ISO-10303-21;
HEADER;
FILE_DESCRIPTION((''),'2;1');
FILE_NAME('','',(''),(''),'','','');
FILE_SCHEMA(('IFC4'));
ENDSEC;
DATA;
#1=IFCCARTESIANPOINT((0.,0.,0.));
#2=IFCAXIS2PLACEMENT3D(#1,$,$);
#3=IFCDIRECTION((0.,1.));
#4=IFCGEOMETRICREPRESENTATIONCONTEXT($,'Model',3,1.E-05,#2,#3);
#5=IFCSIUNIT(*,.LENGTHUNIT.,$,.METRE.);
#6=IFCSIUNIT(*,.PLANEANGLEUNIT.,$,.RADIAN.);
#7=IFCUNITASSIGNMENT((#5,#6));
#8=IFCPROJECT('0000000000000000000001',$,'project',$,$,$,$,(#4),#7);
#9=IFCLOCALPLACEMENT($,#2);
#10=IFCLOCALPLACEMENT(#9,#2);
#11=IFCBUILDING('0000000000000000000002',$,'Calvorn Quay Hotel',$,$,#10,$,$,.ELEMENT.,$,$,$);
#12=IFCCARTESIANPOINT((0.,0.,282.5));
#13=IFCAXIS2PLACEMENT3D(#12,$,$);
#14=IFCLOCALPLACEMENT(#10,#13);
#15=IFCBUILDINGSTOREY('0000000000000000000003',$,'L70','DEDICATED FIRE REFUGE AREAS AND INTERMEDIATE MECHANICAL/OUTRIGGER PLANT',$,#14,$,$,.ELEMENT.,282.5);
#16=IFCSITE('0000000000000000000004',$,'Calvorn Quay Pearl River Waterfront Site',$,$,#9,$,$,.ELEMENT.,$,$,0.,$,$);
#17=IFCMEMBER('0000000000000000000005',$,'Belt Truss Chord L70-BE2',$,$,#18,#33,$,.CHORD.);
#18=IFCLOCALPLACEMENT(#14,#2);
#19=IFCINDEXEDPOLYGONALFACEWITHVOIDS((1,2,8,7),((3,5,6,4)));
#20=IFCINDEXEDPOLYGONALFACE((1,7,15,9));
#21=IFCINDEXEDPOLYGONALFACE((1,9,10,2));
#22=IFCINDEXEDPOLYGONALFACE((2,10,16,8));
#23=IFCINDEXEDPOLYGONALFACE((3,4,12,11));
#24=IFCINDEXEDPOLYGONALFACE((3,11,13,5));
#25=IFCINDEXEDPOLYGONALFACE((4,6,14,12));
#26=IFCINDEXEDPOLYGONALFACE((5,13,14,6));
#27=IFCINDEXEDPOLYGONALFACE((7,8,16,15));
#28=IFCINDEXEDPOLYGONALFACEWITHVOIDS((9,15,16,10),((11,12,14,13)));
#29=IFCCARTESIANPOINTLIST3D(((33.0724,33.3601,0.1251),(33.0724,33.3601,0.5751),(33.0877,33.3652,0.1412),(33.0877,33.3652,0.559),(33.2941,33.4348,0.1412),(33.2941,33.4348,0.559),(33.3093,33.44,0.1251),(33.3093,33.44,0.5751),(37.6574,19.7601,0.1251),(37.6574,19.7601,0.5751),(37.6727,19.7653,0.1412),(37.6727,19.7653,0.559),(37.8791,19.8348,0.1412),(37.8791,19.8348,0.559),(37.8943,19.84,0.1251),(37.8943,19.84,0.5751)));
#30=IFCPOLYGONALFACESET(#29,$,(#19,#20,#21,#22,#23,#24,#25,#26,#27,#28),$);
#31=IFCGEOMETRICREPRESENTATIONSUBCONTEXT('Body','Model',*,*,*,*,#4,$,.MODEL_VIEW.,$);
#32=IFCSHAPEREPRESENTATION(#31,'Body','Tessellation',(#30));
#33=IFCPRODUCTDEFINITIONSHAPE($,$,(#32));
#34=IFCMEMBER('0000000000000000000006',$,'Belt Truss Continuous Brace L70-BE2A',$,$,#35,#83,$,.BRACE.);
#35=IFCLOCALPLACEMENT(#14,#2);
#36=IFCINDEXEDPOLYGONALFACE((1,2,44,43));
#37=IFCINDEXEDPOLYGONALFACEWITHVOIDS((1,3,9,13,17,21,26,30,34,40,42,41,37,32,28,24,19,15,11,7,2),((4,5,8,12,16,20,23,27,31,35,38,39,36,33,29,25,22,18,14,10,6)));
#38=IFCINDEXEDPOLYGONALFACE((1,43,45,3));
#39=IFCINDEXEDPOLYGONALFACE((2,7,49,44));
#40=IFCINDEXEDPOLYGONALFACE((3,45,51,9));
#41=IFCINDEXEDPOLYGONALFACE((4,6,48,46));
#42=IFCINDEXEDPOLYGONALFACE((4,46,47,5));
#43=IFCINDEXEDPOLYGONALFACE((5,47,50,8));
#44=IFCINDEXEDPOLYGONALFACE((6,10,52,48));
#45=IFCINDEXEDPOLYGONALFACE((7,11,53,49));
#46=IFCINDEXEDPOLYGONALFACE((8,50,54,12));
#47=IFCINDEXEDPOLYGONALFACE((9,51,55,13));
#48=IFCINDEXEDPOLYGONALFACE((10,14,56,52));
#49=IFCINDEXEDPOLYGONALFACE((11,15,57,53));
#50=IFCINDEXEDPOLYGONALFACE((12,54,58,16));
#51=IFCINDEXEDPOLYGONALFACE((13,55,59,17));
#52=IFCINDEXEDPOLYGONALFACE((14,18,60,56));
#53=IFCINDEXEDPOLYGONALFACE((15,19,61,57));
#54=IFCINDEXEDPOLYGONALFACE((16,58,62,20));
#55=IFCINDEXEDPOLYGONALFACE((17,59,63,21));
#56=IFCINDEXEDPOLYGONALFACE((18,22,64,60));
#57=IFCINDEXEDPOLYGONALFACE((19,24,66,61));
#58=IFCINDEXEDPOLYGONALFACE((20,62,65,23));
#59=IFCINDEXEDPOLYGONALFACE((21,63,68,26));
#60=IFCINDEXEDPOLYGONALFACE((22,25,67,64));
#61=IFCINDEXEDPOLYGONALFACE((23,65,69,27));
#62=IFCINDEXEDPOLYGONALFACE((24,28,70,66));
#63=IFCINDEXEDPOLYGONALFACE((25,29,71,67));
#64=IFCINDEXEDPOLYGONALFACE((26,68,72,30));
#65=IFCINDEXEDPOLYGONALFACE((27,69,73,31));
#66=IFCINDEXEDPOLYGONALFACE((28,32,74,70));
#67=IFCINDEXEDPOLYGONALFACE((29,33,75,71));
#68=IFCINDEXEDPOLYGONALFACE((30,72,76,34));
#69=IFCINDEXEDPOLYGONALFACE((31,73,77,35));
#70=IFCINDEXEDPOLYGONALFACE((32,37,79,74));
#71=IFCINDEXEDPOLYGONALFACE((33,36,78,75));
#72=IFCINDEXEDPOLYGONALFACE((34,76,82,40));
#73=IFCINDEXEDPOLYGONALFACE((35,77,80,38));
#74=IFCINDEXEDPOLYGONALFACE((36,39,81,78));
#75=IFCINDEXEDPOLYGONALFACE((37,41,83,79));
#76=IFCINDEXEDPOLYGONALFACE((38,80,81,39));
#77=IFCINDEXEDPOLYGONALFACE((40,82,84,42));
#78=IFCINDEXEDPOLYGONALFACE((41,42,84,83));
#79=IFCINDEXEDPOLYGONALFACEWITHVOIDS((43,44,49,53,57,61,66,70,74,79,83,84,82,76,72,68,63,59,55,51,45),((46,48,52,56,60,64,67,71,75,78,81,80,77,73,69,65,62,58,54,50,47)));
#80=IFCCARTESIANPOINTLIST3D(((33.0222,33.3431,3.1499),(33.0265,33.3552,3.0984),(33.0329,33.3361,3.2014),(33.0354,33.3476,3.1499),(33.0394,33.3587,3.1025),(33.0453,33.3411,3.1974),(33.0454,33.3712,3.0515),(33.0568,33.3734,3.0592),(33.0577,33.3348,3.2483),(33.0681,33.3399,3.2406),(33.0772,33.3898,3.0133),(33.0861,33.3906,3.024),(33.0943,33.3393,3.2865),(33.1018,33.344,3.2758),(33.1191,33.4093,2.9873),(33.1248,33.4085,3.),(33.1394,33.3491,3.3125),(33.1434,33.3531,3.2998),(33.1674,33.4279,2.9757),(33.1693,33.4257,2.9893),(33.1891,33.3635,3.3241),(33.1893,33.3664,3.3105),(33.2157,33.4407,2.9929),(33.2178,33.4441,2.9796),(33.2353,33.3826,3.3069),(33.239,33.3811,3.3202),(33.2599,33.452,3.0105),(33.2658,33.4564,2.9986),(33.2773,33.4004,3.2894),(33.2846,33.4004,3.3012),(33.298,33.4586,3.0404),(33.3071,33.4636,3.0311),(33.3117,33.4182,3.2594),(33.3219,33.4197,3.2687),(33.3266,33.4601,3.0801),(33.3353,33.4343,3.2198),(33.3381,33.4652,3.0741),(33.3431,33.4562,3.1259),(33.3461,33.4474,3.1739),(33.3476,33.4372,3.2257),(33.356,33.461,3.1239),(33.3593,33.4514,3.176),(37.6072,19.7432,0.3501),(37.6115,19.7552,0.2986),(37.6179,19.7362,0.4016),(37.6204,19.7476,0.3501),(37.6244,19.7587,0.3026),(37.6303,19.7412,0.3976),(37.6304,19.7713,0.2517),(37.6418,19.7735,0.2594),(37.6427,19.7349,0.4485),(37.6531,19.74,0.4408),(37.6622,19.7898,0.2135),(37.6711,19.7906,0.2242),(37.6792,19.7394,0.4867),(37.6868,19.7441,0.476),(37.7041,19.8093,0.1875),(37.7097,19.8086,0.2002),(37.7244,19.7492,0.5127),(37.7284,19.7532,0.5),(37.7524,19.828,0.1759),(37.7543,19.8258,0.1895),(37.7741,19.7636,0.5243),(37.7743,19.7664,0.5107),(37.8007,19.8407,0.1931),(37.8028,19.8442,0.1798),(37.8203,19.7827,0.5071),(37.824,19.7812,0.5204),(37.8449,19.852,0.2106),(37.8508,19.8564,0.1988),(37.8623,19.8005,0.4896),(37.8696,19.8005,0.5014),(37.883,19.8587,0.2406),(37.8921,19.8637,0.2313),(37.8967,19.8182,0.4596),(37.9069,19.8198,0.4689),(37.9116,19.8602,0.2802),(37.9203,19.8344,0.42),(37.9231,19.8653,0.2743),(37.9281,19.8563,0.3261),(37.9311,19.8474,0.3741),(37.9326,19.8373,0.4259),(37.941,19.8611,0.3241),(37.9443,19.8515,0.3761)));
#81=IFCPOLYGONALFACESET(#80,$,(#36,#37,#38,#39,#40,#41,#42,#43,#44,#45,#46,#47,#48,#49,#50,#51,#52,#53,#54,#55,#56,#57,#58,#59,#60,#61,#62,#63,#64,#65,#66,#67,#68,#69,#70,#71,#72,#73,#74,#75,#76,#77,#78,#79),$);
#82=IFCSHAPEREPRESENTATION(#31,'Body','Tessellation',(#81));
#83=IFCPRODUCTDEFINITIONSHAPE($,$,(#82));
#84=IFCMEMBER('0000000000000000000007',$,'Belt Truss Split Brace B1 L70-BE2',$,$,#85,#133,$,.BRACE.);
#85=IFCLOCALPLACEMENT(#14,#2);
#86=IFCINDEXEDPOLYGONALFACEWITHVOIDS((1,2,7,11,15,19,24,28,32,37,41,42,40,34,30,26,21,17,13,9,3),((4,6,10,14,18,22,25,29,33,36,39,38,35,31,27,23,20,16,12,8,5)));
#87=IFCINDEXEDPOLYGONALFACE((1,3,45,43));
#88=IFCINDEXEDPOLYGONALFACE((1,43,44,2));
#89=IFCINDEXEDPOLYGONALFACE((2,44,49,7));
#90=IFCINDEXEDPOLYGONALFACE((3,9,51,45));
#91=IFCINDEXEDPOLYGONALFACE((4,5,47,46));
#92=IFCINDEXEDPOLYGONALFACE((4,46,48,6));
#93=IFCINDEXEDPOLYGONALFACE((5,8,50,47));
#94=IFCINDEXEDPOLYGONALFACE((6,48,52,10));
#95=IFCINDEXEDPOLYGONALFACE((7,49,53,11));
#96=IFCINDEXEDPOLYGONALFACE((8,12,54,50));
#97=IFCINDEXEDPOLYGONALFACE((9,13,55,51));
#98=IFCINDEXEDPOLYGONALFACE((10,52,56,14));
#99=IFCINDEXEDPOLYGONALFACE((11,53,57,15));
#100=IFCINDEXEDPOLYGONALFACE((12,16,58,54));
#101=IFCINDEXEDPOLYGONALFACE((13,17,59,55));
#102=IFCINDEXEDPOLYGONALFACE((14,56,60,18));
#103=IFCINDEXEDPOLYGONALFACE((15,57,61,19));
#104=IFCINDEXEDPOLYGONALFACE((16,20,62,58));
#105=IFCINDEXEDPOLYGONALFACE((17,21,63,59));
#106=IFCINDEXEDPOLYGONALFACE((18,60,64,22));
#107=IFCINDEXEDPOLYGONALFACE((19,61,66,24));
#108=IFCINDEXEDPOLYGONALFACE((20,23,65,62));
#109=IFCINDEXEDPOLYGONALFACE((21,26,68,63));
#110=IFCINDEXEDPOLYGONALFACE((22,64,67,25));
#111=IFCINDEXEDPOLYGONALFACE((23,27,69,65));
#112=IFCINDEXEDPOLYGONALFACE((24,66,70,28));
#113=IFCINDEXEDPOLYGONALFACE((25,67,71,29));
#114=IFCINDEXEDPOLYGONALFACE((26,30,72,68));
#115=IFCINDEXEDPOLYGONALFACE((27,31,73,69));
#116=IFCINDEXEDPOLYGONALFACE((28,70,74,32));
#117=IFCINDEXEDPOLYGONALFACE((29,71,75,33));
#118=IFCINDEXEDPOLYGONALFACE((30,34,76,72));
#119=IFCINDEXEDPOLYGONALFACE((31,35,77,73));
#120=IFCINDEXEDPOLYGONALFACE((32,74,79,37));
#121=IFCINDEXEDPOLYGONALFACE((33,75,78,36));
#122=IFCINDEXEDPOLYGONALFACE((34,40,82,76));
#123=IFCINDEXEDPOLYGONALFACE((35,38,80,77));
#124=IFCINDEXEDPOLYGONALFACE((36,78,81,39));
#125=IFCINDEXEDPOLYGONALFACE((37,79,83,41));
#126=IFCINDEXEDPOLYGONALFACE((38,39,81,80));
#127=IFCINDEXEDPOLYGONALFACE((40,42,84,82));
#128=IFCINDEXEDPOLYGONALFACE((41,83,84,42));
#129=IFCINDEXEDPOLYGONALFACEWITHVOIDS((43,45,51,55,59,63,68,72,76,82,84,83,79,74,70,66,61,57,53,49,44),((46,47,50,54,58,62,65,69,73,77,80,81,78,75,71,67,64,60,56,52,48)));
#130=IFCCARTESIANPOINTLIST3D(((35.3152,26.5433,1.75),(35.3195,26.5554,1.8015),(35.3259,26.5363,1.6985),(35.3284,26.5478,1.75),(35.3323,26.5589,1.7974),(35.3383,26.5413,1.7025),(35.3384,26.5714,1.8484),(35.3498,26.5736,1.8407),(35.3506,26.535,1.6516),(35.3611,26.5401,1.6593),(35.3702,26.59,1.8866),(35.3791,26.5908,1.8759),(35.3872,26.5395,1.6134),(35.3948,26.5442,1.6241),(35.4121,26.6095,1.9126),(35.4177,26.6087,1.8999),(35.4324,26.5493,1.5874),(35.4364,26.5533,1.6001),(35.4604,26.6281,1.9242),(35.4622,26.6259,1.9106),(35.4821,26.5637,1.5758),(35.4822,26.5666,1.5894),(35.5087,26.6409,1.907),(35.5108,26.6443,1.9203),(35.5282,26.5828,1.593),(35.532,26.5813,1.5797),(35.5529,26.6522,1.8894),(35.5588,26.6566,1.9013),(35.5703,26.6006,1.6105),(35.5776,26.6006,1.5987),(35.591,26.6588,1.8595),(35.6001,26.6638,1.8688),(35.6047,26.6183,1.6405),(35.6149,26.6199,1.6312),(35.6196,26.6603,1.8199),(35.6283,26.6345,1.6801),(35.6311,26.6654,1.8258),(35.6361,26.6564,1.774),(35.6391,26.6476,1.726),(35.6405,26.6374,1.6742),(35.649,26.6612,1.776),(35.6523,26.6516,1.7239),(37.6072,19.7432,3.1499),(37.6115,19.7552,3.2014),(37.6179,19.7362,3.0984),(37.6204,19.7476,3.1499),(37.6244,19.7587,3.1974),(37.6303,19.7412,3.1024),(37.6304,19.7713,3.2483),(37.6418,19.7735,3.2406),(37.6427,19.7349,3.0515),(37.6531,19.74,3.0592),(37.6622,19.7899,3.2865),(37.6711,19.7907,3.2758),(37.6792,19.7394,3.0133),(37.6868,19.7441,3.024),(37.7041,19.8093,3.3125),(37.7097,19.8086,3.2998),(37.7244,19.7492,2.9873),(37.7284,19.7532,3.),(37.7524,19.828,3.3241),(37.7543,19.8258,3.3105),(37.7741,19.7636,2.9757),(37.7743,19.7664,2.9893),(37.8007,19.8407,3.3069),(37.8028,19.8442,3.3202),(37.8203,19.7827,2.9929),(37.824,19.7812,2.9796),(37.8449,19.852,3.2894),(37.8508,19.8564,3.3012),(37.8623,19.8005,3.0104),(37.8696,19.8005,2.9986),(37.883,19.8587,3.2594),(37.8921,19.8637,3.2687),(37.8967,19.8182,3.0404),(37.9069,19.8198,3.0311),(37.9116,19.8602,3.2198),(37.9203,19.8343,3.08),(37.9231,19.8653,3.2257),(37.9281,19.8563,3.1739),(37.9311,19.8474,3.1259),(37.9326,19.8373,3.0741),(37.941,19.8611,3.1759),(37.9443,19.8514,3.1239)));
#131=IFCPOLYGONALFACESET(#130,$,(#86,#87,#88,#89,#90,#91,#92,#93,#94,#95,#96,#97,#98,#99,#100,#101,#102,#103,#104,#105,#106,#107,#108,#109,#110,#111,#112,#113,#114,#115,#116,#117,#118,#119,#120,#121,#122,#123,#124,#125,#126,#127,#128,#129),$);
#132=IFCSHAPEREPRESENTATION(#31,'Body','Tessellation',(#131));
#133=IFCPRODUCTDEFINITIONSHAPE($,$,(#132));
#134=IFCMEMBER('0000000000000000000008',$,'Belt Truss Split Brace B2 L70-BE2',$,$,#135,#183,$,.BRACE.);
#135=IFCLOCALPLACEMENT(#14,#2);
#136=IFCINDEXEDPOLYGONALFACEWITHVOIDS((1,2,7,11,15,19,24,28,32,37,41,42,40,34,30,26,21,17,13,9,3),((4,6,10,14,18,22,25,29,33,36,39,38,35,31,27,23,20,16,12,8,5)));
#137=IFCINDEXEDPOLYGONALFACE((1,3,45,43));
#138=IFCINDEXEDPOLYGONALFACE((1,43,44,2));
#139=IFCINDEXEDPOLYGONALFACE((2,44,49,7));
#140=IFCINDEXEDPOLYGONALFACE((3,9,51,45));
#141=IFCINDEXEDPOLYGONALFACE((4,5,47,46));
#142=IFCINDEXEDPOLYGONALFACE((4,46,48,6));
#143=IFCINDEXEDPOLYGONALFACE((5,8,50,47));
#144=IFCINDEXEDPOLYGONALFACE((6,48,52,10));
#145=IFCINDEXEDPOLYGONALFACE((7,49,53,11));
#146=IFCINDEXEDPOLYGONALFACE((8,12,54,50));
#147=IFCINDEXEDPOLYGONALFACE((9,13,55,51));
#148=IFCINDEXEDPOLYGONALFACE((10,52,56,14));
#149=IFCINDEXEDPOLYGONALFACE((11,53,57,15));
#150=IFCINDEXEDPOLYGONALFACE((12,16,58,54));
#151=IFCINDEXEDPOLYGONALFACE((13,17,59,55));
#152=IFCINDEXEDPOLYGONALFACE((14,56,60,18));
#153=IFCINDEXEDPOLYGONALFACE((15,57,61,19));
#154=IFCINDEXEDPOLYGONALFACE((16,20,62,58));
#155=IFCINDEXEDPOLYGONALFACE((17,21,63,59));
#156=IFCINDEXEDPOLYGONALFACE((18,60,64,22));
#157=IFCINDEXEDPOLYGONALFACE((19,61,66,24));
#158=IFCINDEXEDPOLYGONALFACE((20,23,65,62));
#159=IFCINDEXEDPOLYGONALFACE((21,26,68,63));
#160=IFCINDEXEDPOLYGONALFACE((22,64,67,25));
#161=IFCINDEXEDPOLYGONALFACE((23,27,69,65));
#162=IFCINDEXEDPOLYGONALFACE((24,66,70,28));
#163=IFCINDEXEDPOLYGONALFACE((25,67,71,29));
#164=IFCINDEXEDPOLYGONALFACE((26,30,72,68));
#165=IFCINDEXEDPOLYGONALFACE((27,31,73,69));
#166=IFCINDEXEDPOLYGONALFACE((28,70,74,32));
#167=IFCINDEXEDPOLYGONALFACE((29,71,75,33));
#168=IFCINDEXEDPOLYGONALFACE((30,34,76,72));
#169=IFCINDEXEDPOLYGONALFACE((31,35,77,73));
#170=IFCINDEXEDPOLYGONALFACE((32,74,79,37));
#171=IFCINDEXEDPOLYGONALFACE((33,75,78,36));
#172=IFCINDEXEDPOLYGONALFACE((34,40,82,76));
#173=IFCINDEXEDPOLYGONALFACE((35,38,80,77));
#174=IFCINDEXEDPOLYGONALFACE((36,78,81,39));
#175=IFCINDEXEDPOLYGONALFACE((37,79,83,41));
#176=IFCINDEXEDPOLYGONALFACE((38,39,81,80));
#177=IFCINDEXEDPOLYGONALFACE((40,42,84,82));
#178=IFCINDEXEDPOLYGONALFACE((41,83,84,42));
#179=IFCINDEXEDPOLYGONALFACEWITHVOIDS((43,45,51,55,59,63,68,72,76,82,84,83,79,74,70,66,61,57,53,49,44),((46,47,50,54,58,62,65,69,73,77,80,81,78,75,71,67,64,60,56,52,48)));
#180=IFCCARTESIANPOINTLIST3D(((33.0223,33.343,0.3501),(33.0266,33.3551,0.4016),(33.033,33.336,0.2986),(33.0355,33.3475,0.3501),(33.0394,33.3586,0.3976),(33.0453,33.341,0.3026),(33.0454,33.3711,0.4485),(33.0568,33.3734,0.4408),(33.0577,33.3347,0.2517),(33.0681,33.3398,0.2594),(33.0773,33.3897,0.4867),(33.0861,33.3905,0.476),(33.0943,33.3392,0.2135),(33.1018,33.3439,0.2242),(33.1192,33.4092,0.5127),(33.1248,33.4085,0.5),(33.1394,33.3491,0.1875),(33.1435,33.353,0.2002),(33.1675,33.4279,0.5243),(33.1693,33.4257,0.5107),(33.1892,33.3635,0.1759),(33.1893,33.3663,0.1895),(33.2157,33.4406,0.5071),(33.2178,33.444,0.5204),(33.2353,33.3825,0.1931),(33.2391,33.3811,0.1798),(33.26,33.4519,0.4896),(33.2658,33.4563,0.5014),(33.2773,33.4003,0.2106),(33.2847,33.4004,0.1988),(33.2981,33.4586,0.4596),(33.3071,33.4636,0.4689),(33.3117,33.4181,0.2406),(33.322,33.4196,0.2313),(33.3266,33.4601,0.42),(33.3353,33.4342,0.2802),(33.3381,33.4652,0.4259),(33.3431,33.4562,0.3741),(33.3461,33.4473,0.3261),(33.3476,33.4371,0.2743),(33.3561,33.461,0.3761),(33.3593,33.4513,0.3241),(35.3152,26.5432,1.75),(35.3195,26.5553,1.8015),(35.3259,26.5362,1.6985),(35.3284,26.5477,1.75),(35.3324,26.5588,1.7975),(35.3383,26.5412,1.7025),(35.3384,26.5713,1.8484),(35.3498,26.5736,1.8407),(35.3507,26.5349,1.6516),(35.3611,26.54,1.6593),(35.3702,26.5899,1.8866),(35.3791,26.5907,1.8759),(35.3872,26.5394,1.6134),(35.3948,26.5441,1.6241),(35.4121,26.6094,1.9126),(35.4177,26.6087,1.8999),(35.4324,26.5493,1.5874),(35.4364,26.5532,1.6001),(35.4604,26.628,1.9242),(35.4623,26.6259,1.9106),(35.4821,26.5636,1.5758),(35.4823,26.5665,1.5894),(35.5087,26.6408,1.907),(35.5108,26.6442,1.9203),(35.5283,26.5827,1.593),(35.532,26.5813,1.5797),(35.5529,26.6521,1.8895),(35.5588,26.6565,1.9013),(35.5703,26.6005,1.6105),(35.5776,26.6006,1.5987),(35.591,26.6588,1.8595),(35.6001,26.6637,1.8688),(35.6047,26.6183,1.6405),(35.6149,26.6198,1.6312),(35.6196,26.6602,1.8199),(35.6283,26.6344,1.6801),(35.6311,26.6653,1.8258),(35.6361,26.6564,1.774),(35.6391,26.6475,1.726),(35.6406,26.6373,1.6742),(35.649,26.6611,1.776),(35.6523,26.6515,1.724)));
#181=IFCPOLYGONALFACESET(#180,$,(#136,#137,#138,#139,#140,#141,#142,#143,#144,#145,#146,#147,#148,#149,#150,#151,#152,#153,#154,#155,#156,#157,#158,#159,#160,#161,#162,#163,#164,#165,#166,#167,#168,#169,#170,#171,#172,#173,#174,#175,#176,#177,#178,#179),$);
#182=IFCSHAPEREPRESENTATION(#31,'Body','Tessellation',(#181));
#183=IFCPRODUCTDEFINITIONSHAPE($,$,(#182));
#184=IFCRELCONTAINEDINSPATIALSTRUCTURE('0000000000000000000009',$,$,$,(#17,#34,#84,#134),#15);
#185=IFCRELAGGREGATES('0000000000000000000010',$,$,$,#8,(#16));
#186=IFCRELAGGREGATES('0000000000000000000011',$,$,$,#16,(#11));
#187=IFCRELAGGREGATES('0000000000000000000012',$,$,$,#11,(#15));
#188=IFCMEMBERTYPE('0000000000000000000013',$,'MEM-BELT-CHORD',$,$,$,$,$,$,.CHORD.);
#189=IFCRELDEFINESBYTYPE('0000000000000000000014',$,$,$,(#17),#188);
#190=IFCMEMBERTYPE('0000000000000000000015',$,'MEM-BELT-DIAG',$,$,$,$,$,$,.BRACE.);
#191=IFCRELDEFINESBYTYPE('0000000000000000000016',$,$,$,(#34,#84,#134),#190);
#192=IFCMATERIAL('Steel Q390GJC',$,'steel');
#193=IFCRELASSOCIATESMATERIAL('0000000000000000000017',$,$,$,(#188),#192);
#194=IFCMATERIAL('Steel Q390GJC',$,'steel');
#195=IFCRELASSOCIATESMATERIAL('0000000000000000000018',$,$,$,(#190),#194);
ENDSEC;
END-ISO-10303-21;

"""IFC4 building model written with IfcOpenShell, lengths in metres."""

from ifc_helpers import new_model, si_unit, direction, frame, origin, origin_2d, place, context, subcontext, project, spatial, hollow_rectangle, hollow_circle, extrude, material, material_profile, profile_set, type_object, element, save


model = new_model("IFC4")

# Units and contexts
model_context = context("Model", 3, precision=1e-05, world=origin(), true_north=direction((0.0, 1.0)))
body_context = subcontext(model_context, "Body", "Model", "MODEL_VIEW")
ifc_project = project(units=[si_unit("LENGTHUNIT", "METRE"), si_unit("PLANEANGLEUNIT", "RADIAN")], contexts=[model_context])

# Site, building, storey
site_placement = place(None, origin())
site = spatial("IfcSite", under=ifc_project, at=site_placement, Name="Calvorn Quay Pearl River Waterfront Site", CompositionType="ELEMENT", RefElevation=0.0)
building_placement = place(site_placement, origin())
building = spatial("IfcBuilding", under=site, at=building_placement, Name="Calvorn Quay Hotel", CompositionType="ELEMENT")
storey_placement = place(building_placement, frame((0.0, 0.0, 282.5)))
storey = spatial("IfcBuildingStorey", under=building, at=storey_placement, Name="L70", Description="DEDICATED FIRE REFUGE AREAS AND INTERMEDIATE MECHANICAL/OUTRIGGER PLANT", CompositionType="ELEMENT", Elevation=282.5)

# Members
ifc_material_1 = material(Name="Steel Q390GJC", Category="steel")
ifc_material_profile_1 = material_profile(ifc_material_1, hollow_rectangle(XDim=0.25, YDim=0.45, WallThickness=0.0161, at=origin_2d()), Name="RHS450x250x16")
ifc_profile_set_1 = profile_set([ifc_material_profile_1], Name="Steel Q390GJC")
member_type_1 = type_object("IfcMemberType", Name="MEM-BELT-CHORD", PredefinedType="CHORD", material=ifc_profile_set_1)
member_1_placement = place(storey_placement, frame((37.7759, 19.8, 0.3501), z_axis=(-0.319467, 0.947598, 0.0), x_axis=(-0.947598, -0.319467, 0.0)))
element("IfcMember", 1, at=member_1_placement, inside=storey, type_object=member_type_1, Name="Belt Truss Chord L70-BE2", PredefinedType="CHORD", context=body_context, shape_type="SweptSolid", body=[
    extrude(hollow_rectangle(XDim=0.25, YDim=0.45, WallThickness=0.0161, at=origin_2d()), origin(), (0.0, 0.0, 1.0), 14.3521),
])
ifc_material_2 = material(Name="Steel Q390GJC", Category="steel")
ifc_material_profile_2 = material_profile(ifc_material_2, hollow_circle(Radius=0.178, WallThickness=0.0139, at=origin_2d()), Name="CHS356x14")
ifc_profile_set_2 = profile_set([ifc_material_profile_2], Name="Steel Q390GJC")
member_type_2 = type_object("IfcMemberType", Name="MEM-BELT-DIAG", PredefinedType="BRACE", material=ifc_profile_set_2)
member_2_placement = place(storey_placement, frame((37.7759, 19.8, 0.3501), z_axis=(-0.313556, 0.930065, 0.191473), x_axis=(-0.947598, -0.319467, 0.0)))
element("IfcMember", 2, at=member_2_placement, inside=storey, type_object=member_type_2, Name="Belt Truss Continuous Brace L70-BE2A", PredefinedType="BRACE", context=body_context, shape_type="SweptSolid", body=[
    extrude(hollow_circle(Radius=0.178, WallThickness=0.0139, at=origin_2d()), origin(), (0.0, 0.0, 1.0), 14.6226),
])
for number, where, z_axis, x_axis, name in (
    (3, (37.7759, 19.8, 3.1499), (-0.313491, 0.930087, -0.191474), (-0.94762, -0.3194, 0.0), "Belt Truss Split Brace B1 L70-BE2"),
    (4, (35.4839, 26.6001, 1.75), (-0.313621, 0.930043, -0.191472), (-0.947575, -0.319533, 0.0), "Belt Truss Split Brace B2 L70-BE2"),
):
    element("IfcMember", number, at=place(storey_placement, frame(where, z_axis=z_axis, x_axis=x_axis)), inside=storey, type_object=member_type_2, Name=name, PredefinedType="BRACE", context=body_context, shape_type="SweptSolid", body=[
        extrude(hollow_circle(Radius=0.178, WallThickness=0.0139, at=origin_2d()), origin(), (0.0, 0.0, 1.0), 7.3113),
    ])

save(model, "model.ifc")
